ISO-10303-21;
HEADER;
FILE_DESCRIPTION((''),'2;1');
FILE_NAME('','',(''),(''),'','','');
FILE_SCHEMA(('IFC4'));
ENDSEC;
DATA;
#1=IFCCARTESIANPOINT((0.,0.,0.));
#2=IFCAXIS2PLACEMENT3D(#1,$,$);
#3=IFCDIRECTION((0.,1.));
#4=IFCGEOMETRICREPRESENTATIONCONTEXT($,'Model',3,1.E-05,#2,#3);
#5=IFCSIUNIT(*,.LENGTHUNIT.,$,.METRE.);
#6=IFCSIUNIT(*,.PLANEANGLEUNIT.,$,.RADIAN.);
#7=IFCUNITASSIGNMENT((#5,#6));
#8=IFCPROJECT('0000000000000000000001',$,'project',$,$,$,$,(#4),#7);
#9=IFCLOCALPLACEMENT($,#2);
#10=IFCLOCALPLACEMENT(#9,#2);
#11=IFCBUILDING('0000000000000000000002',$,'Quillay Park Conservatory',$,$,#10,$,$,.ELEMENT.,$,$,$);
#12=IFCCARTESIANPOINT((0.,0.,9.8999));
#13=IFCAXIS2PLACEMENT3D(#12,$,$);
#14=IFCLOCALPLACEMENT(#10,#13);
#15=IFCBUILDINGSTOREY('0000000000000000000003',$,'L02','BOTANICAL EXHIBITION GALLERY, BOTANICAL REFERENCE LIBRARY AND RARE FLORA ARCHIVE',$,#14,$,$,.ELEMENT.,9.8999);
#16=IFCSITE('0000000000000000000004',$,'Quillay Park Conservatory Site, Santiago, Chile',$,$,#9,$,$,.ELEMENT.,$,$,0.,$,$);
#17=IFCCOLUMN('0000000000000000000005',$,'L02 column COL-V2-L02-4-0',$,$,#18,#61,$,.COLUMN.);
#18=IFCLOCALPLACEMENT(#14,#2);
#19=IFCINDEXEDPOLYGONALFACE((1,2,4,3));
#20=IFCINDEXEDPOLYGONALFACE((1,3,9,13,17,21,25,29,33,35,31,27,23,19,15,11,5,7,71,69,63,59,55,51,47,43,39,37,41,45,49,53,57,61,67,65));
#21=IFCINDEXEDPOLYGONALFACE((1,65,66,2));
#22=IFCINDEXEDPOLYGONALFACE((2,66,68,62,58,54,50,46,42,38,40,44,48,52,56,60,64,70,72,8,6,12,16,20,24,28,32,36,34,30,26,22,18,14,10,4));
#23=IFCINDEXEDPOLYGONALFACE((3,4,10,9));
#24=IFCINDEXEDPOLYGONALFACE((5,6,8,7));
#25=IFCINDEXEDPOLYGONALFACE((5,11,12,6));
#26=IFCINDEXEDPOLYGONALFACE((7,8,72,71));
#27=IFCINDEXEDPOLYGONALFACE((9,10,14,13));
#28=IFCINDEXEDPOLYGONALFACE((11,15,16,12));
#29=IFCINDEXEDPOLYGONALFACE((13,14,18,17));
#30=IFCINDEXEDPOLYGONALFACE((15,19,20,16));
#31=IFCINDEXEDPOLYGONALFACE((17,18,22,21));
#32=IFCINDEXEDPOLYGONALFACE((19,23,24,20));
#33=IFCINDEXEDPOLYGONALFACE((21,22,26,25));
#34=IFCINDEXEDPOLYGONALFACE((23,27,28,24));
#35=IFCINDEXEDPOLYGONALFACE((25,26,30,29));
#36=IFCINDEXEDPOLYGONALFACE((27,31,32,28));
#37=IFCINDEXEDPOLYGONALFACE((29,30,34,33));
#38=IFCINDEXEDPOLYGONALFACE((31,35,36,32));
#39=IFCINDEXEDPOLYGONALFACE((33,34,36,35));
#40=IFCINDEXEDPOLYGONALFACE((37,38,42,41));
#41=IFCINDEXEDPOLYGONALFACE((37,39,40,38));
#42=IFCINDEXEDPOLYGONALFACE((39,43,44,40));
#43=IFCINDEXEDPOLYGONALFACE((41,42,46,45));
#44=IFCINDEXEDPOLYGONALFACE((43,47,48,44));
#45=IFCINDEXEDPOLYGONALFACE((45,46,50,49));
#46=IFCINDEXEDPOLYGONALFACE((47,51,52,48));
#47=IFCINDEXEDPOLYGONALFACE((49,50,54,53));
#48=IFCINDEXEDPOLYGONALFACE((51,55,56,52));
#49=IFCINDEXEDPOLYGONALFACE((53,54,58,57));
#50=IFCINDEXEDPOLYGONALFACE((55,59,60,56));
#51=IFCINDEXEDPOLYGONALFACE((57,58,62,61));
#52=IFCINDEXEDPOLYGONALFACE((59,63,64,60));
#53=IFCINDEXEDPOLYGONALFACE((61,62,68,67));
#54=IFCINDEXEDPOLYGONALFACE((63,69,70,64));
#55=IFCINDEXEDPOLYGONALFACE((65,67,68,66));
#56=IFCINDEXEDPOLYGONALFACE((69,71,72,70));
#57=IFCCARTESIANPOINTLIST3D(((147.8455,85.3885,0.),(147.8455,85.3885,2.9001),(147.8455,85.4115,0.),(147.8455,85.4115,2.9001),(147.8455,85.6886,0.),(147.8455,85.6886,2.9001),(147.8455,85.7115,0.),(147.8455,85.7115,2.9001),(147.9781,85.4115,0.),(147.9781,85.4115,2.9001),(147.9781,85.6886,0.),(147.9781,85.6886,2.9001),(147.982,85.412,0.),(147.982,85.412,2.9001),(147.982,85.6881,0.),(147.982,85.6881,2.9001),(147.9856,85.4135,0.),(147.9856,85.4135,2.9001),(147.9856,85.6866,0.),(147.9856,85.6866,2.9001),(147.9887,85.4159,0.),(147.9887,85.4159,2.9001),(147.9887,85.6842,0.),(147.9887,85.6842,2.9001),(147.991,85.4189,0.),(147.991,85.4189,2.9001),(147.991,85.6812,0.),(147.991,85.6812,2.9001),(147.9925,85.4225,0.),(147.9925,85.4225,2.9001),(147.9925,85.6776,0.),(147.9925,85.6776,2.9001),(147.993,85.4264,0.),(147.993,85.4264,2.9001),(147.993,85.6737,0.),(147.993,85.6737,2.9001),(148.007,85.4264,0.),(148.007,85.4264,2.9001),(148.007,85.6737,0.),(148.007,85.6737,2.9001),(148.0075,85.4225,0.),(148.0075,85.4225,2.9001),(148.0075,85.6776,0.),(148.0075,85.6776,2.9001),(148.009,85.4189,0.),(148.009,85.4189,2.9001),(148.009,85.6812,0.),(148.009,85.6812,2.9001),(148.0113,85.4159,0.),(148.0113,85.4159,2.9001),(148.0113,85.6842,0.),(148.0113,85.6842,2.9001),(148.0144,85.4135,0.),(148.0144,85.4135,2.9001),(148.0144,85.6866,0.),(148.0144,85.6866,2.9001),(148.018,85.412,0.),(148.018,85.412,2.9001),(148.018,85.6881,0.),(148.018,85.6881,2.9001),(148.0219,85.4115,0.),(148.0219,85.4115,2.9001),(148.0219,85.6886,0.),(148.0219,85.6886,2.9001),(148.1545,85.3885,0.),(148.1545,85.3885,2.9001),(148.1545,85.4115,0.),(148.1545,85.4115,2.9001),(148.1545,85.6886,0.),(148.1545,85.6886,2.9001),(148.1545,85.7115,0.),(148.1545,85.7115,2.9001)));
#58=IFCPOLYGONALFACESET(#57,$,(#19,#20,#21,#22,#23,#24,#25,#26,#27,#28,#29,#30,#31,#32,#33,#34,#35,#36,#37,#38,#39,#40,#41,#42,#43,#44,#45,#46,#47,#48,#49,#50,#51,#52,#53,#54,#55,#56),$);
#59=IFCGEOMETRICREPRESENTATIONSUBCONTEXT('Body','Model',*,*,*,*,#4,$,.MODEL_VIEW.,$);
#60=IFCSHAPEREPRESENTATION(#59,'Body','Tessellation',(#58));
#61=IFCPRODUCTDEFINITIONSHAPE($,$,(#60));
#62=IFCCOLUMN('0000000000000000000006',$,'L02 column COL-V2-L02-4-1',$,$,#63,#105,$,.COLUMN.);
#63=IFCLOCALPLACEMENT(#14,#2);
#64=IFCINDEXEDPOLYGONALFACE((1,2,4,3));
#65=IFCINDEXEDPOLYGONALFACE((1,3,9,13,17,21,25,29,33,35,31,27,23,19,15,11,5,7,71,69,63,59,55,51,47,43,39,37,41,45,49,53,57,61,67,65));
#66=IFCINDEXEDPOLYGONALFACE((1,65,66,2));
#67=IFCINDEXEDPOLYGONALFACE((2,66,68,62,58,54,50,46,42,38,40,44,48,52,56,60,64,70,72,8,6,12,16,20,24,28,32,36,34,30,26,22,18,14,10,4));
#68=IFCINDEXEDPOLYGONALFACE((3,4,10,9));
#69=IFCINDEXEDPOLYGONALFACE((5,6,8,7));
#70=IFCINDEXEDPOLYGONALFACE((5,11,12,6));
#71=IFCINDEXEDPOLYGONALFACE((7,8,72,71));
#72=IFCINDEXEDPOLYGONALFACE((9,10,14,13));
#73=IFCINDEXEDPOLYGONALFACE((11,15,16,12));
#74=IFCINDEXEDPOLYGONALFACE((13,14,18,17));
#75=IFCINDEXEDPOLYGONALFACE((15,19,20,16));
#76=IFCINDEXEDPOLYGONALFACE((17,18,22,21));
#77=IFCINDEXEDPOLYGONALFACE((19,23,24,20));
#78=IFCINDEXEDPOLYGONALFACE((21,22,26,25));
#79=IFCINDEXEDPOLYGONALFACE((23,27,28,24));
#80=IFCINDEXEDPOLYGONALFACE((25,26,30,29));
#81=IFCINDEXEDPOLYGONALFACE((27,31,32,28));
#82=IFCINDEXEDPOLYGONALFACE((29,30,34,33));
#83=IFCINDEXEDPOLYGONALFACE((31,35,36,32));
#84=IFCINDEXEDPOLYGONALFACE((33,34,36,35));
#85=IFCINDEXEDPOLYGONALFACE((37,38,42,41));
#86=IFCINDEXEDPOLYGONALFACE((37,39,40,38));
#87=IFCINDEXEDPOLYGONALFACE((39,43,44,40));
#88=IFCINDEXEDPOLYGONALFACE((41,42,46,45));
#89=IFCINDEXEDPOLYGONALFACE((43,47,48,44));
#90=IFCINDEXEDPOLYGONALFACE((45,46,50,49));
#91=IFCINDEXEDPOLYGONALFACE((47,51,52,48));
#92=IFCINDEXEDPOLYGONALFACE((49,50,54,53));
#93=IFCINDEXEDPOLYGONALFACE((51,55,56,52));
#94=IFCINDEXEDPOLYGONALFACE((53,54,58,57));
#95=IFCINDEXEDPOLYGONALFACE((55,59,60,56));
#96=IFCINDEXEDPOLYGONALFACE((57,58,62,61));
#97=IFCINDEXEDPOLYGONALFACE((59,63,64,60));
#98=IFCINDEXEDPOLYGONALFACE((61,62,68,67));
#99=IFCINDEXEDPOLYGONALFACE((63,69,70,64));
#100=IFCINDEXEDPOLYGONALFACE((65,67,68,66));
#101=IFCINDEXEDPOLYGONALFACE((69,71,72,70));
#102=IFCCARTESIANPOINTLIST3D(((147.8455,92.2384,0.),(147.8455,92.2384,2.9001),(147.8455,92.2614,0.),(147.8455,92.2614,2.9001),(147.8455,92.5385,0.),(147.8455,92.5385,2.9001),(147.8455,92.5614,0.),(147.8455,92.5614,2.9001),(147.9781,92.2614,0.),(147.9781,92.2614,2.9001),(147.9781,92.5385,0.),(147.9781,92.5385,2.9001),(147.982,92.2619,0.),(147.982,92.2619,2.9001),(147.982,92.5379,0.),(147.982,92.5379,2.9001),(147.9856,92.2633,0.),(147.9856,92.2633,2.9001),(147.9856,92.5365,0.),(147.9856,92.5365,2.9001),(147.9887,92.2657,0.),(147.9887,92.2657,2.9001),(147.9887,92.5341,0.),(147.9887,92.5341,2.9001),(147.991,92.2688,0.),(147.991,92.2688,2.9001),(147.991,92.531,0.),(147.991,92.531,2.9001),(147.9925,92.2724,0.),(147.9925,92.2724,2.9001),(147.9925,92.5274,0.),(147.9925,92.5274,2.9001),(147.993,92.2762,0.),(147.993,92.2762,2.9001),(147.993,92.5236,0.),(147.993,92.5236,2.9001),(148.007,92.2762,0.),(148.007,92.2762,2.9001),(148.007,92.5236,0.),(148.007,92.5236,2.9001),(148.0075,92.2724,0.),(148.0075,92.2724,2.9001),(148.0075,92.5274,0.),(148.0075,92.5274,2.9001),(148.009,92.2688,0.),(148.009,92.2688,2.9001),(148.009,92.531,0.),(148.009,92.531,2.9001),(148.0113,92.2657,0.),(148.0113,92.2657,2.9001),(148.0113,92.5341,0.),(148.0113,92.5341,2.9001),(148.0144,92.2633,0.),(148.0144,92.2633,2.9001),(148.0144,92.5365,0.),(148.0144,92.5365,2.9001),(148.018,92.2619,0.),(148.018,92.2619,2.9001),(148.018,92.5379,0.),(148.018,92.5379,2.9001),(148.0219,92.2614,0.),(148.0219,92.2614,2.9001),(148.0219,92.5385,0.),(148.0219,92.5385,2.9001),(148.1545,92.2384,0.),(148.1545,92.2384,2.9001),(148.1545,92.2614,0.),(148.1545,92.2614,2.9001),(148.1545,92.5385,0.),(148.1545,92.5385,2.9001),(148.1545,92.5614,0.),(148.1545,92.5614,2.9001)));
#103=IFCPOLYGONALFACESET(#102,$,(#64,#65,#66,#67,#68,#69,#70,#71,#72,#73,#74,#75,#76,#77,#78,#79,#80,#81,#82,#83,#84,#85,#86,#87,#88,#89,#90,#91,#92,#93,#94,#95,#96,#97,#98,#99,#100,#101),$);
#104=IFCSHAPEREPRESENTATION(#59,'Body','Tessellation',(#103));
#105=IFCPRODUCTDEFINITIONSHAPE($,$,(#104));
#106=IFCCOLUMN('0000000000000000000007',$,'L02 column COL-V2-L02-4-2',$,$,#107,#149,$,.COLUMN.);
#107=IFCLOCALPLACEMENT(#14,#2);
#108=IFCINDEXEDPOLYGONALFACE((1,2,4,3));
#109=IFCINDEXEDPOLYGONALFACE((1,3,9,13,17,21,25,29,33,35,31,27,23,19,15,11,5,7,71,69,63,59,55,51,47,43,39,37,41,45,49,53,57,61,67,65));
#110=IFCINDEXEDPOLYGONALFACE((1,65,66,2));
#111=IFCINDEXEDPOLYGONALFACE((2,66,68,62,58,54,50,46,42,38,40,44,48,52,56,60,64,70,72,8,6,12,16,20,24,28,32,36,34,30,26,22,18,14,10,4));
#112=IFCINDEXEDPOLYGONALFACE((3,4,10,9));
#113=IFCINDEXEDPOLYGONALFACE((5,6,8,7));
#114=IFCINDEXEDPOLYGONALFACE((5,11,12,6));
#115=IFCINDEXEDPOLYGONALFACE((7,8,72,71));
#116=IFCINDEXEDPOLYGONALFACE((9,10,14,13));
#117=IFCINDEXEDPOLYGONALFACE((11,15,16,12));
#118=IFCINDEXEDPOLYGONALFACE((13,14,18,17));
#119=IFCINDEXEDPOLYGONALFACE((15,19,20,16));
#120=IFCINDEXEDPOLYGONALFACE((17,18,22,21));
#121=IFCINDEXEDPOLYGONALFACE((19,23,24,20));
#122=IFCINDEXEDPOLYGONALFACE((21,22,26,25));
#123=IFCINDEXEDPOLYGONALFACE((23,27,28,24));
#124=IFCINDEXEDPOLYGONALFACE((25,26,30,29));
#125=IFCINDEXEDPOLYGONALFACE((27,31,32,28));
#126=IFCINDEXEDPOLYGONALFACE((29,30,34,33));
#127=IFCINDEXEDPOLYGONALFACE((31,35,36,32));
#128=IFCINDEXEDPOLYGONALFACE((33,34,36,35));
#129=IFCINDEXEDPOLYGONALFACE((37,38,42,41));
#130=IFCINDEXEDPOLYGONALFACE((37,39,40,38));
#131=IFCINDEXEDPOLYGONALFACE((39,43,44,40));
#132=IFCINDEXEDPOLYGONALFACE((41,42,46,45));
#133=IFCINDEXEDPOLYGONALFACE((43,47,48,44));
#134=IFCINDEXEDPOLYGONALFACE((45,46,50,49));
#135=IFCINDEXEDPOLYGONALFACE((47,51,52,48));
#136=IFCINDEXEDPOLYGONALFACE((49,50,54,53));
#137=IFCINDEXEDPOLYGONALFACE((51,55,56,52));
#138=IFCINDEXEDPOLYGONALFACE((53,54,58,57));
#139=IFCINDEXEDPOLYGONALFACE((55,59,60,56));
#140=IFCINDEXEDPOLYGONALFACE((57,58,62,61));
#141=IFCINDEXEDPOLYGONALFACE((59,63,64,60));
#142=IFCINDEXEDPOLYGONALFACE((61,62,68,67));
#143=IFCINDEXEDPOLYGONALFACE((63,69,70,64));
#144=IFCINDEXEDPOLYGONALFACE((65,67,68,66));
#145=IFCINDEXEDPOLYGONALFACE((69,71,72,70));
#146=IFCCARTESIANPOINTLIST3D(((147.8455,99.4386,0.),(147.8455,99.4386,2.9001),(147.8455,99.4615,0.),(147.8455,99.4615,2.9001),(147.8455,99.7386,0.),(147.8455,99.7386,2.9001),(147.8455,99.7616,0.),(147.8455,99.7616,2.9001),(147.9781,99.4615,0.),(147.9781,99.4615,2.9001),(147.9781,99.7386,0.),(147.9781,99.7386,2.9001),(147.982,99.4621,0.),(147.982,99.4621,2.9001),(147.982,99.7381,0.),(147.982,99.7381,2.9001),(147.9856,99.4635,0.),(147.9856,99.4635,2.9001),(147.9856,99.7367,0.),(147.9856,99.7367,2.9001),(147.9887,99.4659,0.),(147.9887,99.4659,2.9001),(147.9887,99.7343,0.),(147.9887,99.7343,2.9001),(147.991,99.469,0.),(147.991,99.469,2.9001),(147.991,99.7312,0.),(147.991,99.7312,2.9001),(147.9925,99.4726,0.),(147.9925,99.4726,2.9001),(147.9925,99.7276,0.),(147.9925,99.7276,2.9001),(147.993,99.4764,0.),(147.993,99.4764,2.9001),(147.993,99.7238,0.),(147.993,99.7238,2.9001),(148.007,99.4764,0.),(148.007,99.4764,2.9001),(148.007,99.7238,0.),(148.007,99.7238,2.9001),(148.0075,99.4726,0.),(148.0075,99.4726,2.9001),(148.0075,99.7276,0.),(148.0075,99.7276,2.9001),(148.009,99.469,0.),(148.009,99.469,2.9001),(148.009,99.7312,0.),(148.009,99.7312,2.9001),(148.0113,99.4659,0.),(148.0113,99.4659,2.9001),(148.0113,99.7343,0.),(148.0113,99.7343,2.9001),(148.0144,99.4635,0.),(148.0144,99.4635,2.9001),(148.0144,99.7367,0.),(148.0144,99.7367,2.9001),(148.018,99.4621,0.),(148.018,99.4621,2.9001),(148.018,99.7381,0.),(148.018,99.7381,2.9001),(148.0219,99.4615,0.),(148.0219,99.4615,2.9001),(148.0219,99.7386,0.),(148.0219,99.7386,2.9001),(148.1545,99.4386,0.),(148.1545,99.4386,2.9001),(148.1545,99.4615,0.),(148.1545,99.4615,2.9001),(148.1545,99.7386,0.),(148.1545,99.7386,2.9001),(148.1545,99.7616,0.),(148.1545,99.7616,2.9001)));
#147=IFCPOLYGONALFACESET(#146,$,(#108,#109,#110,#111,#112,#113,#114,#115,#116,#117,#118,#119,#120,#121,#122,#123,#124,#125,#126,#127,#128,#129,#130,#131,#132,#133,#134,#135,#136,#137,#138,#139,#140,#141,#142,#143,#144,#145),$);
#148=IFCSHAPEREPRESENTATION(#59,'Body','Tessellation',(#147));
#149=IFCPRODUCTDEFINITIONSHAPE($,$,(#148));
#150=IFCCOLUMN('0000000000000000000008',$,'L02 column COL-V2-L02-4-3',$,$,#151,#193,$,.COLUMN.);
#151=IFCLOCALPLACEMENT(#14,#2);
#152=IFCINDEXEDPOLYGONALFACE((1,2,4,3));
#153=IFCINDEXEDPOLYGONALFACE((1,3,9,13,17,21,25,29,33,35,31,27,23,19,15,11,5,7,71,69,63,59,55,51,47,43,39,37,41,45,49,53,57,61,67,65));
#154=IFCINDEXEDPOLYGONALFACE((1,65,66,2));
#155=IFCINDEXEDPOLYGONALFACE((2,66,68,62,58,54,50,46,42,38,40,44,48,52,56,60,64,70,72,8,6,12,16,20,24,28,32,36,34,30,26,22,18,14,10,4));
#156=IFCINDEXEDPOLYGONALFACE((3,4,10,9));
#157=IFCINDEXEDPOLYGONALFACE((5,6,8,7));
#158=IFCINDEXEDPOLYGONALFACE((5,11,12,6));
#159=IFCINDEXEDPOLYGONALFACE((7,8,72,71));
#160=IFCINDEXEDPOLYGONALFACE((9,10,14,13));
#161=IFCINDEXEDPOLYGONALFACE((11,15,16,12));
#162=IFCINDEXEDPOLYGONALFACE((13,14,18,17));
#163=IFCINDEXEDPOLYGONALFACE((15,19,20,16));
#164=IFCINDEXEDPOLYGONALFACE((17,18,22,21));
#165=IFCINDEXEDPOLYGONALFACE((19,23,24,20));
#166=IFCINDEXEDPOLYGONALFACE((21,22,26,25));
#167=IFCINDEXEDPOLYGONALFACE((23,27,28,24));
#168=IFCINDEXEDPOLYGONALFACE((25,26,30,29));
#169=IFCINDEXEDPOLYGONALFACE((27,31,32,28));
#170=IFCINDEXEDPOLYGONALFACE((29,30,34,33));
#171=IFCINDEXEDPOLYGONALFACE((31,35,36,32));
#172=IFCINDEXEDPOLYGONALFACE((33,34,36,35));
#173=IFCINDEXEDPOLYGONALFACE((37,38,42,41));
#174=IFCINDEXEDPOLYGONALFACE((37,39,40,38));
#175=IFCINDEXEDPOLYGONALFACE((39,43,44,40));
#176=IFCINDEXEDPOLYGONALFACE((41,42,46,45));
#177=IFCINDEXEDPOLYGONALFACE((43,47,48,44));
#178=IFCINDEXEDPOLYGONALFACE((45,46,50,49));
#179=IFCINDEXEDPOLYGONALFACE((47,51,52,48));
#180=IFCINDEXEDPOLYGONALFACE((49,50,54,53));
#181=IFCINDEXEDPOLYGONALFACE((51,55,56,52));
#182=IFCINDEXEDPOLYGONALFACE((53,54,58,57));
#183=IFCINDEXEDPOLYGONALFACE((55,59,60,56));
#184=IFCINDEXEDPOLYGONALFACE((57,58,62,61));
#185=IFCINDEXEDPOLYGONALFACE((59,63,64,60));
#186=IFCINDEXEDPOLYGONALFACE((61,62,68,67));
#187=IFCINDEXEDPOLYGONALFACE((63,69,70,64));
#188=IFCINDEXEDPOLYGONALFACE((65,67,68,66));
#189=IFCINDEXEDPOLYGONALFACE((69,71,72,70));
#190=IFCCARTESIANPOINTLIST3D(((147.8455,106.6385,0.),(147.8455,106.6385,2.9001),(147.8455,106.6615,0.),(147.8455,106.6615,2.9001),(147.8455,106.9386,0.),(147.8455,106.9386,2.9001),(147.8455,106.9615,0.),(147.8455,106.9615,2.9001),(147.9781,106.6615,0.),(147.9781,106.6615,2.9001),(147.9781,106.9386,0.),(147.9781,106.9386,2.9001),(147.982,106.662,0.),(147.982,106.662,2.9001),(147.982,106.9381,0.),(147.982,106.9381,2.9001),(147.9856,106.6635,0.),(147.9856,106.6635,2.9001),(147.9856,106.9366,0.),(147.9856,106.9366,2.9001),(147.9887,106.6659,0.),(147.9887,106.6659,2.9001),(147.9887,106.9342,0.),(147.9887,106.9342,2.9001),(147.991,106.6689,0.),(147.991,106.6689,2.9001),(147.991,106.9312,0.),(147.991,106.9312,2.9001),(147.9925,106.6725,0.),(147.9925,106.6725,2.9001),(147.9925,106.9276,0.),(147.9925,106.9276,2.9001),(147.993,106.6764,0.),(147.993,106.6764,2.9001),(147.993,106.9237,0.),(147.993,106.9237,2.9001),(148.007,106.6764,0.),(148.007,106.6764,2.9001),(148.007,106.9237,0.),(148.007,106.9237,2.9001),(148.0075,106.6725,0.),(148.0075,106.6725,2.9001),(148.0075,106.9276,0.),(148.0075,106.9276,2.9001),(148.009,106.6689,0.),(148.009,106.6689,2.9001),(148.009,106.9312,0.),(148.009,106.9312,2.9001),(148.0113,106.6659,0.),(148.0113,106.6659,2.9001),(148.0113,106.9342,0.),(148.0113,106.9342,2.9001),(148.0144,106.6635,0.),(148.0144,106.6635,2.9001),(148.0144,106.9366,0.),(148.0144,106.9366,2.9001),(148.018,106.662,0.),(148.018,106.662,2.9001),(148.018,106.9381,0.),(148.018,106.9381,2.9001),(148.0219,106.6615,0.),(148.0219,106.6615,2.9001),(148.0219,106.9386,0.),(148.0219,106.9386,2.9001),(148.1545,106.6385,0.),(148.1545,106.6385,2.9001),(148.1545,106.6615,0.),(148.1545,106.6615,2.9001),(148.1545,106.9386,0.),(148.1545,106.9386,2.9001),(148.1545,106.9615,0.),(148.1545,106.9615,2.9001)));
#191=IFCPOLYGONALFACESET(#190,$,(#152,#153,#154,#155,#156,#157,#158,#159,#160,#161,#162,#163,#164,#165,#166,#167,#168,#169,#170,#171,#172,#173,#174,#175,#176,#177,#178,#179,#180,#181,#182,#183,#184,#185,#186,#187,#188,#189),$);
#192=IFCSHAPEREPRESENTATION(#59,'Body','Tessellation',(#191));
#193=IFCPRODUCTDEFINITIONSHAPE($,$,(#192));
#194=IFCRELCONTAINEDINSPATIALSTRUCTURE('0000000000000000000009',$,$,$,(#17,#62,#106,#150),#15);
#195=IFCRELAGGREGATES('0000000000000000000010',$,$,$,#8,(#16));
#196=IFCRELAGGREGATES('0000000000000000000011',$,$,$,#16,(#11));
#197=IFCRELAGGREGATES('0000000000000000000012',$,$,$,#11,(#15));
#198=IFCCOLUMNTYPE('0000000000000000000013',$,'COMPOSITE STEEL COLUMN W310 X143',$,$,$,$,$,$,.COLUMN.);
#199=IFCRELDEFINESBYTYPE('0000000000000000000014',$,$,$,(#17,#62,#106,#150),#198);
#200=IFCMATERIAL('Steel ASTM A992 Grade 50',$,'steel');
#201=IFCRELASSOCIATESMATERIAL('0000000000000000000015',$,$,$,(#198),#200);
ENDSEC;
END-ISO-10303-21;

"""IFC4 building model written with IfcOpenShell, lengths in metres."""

from ifc_helpers import new_model, si_unit, direction, frame, origin, origin_2d, place, context, subcontext, project, spatial, i_section, extrude, material, material_profile, profile_set, type_object, element, save


model = new_model("IFC4")

# Units and contexts
model_context = context("Model", 3, precision=1e-05, world=origin(), true_north=direction((0.0, 1.0)))
body_context = subcontext(model_context, "Body", "Model", "MODEL_VIEW")
ifc_project = project(units=[si_unit("LENGTHUNIT", "METRE"), si_unit("PLANEANGLEUNIT", "RADIAN")], contexts=[model_context])

# Site, building, storey
site_placement = place(None, origin())
site = spatial("IfcSite", under=ifc_project, at=site_placement, Name="Quillay Park Conservatory Site, Santiago, Chile", CompositionType="ELEMENT", RefElevation=0.0)
building_placement = place(site_placement, origin())
building = spatial("IfcBuilding", under=site, at=building_placement, Name="Quillay Park Conservatory", CompositionType="ELEMENT")
storey_placement = place(building_placement, frame((0.0, 0.0, 9.8999)))
storey = spatial("IfcBuildingStorey", under=building, at=storey_placement, Name="L02", Description="BOTANICAL EXHIBITION GALLERY, BOTANICAL REFERENCE LIBRARY AND RARE FLORA ARCHIVE", CompositionType="ELEMENT", Elevation=9.8999)

# Columns
ifc_material_1 = material(Name="Steel ASTM A992 Grade 50", Category="steel")
ifc_material_profile_1 = material_profile(ifc_material_1, i_section(OverallWidth=0.3091, OverallDepth=0.323, WebThickness=0.0139, FlangeThickness=0.0229, FilletRadius=0.0149, at=origin_2d()), Name="W310x143")
ifc_profile_set_1 = profile_set([ifc_material_profile_1], Name="Steel ASTM A992 Grade 50")
column_type = type_object("IfcColumnType", Name="COMPOSITE STEEL COLUMN W310 X143", PredefinedType="COLUMN", material=ifc_profile_set_1)
for number, where, z_axis, x_axis, name in (
    (1, (148.0, 85.55, 0.0), (0.0, 0.0, 1.0), (1.0, 0.0, 0.0), "L02 column COL-V2-L02-4-0"),
    (2, (148.0, 92.3999, 0.0), (0.0, 0.0, 1.0), (1.0, 0.0, 0.0), "L02 column COL-V2-L02-4-1"),
    (3, (148.0, 99.6001, 0.0), (0.0, 0.0, 1.0), (1.0, 0.0, 0.0), "L02 column COL-V2-L02-4-2"),
    (4, (148.0, 106.8, 0.0), (0.0, 0.0, 1.0), (1.0, 0.0, 0.0), "L02 column COL-V2-L02-4-3"),
):
    element("IfcColumn", number, at=place(storey_placement, frame(where, z_axis=z_axis, x_axis=x_axis)), inside=storey, type_object=column_type, Name=name, PredefinedType="COLUMN", context=body_context, shape_type="SweptSolid", body=[
        extrude(i_section(OverallWidth=0.3091, OverallDepth=0.323, WebThickness=0.0139, FlangeThickness=0.0229, FilletRadius=0.0149, at=origin_2d()), origin(), (0.0, 0.0, 1.0), 2.9001),
    ])

save(model, "model.ifc")
